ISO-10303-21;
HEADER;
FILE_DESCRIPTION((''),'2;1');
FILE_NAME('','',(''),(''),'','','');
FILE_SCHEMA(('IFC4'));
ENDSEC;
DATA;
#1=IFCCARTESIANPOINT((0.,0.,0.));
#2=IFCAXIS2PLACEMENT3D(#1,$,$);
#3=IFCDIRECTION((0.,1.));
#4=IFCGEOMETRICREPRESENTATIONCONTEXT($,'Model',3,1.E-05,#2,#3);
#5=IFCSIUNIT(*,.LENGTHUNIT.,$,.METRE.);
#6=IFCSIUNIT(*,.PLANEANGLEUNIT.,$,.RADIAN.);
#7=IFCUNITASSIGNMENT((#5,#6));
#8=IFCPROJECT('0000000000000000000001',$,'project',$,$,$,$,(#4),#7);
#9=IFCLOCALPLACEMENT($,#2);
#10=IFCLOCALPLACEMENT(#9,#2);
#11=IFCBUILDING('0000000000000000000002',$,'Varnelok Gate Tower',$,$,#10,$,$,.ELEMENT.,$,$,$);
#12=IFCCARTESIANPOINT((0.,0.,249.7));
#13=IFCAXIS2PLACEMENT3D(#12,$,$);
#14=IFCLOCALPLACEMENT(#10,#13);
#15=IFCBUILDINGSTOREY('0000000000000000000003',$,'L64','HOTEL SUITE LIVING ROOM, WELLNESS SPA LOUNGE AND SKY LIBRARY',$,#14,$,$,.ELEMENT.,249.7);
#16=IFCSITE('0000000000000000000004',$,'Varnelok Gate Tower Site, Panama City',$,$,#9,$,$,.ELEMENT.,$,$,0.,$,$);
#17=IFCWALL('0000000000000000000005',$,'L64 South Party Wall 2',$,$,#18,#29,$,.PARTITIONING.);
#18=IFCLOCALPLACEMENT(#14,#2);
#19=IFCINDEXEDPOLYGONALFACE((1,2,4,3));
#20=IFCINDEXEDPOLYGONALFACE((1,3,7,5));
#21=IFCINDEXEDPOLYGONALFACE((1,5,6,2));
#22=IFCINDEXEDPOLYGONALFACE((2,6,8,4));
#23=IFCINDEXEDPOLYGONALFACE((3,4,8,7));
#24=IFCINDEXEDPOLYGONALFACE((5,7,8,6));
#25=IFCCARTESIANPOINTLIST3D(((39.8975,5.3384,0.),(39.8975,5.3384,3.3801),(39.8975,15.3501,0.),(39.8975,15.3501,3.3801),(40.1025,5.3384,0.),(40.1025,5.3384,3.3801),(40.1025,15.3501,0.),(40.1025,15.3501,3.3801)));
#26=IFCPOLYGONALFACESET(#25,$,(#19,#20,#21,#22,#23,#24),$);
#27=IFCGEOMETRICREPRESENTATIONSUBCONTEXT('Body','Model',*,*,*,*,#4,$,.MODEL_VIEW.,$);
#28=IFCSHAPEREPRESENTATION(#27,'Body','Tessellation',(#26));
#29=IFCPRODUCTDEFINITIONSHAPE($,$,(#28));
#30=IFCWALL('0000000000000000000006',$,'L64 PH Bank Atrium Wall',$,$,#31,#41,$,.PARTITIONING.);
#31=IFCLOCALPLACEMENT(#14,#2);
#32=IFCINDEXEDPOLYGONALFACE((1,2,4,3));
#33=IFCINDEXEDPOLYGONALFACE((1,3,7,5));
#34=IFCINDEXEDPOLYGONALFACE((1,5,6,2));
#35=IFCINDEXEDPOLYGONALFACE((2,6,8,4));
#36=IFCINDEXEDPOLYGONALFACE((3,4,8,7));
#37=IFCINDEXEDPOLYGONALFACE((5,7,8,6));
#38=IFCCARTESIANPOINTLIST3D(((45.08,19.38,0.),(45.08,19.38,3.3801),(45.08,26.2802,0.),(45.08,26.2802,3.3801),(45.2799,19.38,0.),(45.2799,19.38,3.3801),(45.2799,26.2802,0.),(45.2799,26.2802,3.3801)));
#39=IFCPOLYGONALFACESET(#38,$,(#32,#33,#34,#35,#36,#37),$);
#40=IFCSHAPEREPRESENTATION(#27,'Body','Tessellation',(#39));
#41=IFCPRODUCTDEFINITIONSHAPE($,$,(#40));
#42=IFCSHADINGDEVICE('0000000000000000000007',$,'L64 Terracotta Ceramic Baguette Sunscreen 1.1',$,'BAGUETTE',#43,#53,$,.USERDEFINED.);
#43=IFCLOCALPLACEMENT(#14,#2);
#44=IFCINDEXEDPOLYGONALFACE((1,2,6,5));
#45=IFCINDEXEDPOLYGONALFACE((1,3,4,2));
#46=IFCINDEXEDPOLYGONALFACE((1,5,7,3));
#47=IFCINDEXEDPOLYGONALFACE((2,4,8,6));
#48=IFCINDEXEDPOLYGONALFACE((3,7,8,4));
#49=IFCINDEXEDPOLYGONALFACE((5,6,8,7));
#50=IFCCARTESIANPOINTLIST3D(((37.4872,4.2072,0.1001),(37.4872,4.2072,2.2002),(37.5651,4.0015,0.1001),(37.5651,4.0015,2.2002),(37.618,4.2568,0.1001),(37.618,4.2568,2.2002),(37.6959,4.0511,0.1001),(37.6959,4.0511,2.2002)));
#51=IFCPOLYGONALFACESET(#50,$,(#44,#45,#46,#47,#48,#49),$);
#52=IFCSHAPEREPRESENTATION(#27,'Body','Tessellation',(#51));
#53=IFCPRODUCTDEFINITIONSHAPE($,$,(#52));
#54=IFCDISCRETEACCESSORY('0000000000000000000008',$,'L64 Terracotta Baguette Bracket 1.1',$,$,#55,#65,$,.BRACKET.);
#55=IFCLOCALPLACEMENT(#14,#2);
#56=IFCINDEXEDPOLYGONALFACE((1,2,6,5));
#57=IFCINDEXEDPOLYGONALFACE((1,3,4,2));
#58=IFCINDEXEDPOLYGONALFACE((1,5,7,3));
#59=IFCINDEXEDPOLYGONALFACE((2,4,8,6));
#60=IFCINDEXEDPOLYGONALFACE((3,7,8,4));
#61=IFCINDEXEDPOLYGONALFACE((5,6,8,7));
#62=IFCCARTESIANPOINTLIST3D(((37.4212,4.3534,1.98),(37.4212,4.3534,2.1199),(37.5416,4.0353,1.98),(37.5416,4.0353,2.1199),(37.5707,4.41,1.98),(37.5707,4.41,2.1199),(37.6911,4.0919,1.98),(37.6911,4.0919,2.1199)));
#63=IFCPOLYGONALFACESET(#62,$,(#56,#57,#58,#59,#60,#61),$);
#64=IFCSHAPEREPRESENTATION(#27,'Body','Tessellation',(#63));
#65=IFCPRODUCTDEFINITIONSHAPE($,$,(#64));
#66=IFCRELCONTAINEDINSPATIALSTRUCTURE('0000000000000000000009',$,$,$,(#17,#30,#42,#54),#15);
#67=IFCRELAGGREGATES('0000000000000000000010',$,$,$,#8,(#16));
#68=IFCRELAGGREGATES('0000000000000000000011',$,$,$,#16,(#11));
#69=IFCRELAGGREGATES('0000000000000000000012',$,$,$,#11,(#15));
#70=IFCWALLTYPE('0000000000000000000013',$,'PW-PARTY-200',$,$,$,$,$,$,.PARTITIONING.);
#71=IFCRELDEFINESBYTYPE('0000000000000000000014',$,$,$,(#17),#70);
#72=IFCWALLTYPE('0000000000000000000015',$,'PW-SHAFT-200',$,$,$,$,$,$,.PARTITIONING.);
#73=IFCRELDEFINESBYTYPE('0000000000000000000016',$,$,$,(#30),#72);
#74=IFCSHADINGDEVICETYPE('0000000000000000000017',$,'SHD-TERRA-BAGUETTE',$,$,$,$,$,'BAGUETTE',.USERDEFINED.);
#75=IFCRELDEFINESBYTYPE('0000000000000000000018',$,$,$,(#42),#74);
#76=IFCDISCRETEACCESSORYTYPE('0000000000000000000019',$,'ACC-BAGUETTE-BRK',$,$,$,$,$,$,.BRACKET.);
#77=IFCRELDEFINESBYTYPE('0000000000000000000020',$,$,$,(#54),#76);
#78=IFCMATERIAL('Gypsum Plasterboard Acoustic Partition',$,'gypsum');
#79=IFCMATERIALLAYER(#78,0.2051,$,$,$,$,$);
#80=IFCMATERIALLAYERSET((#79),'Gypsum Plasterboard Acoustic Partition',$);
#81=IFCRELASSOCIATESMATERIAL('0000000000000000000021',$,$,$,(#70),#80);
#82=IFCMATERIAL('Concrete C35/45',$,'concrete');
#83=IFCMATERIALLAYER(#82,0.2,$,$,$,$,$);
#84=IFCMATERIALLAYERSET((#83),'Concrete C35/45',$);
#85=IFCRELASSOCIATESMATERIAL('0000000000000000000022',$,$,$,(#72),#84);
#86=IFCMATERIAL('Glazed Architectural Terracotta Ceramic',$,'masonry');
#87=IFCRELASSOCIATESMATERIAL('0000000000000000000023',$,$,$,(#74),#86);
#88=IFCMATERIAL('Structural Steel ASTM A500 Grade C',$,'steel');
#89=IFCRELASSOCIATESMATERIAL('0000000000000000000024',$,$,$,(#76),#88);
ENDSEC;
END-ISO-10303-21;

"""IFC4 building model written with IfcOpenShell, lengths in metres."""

from ifc_helpers import new_model, si_unit, direction, frame, frame_2d, origin, origin_2d, place, context, subcontext, project, spatial, rectangle, extrude, source, transform, mapped, material, layer, layer_set, type_object, element, save


model = new_model("IFC4")

# Units and contexts
model_context = context("Model", 3, precision=1e-05, world=origin(), true_north=direction((0.0, 1.0)))
body_context = subcontext(model_context, "Body", "Model", "MODEL_VIEW")
ifc_project = project(units=[si_unit("LENGTHUNIT", "METRE"), si_unit("PLANEANGLEUNIT", "RADIAN")], contexts=[model_context])

# Site, building, storey
site_placement = place(None, origin())
site = spatial("IfcSite", under=ifc_project, at=site_placement, Name="Varnelok Gate Tower Site, Panama City", CompositionType="ELEMENT", RefElevation=0.0)
building_placement = place(site_placement, origin())
building = spatial("IfcBuilding", under=site, at=building_placement, Name="Varnelok Gate Tower", CompositionType="ELEMENT")
storey_placement = place(building_placement, frame((0.0, 0.0, 249.7)))
storey = spatial("IfcBuildingStorey", under=building, at=storey_placement, Name="L64", Description="HOTEL SUITE LIVING ROOM, WELLNESS SPA LOUNGE AND SKY LIBRARY", CompositionType="ELEMENT", Elevation=249.7)

# Shared definitions
ifc_material_1 = material(Name="Gypsum Plasterboard Acoustic Partition", Category="gypsum")

# Walls
ifc_layer_1 = layer(ifc_material_1, 0.2051)
ifc_layer_set_1 = layer_set([ifc_layer_1], Name="Gypsum Plasterboard Acoustic Partition")
wall_type_1 = type_object("IfcWallType", Name="PW-PARTY-200", PredefinedType="PARTITIONING", material=ifc_layer_set_1)
wall_1_placement = place(storey_placement, frame((40.0, 5.3384, 0.0), z_axis=(0.0, 0.0, 1.0), x_axis=(0.0, 1.0, 0.0)))
element("IfcWall", 1, at=wall_1_placement, inside=storey, type_object=wall_type_1, Name="L64 South Party Wall 2", PredefinedType="PARTITIONING", context=body_context, shape_type="SweptSolid", body=[
    extrude(rectangle(XDim=10.0117, YDim=0.2051, at=frame_2d((5.0059, 0.0))), origin(), (0.0, 0.0, 1.0), 3.3801),
])
ifc_material_2 = material(Name="Concrete C35/45", Category="concrete")
ifc_layer_2 = layer(ifc_material_2, 0.2)
ifc_layer_set_2 = layer_set([ifc_layer_2], Name="Concrete C35/45")
wall_type_2 = type_object("IfcWallType", Name="PW-SHAFT-200", PredefinedType="PARTITIONING", material=ifc_layer_set_2)
wall_2_placement = place(storey_placement, frame((45.1799, 19.3799, 0.0), z_axis=(0.0, 0.0, 1.0), x_axis=(0.0, 1.0, 0.0)))
element("IfcWall", 2, at=wall_2_placement, inside=storey, type_object=wall_type_2, Name="L64 PH Bank Atrium Wall", PredefinedType="PARTITIONING", context=body_context, shape_type="SweptSolid", body=[
    extrude(rectangle(XDim=6.9001, YDim=0.2, at=frame_2d((3.4502, 0.0))), origin(), (0.0, 0.0, 1.0), 3.3801),
])

# Shading device
ifc_material_3 = material(Name="Glazed Architectural Terracotta Ceramic", Category="masonry")
shading_device_type = type_object("IfcShadingDeviceType", Name="SHD-TERRA-BAGUETTE", ElementType="BAGUETTE", PredefinedType="USERDEFINED", material=ifc_material_3)
shared_shape_1 = source(origin(), body_context, "Body", "SweptSolid", [
    extrude(rectangle(XDim=0.1399, YDim=0.22, at=origin_2d()), origin(), (0.0, 0.0, 1.0), 2.1001),
])
shading_device_placement = place(storey_placement, frame((37.5916, 4.1292, 0.1001), z_axis=(0.0, 0.0, 1.0), x_axis=(0.935222, 0.354063, 0.0)))
element("IfcShadingDevice", 3, at=shading_device_placement, inside=storey, type_object=shading_device_type, Name="L64 Terracotta Ceramic Baguette Sunscreen 1.1", ObjectType="BAGUETTE", PredefinedType="USERDEFINED", context=body_context, shape_type="MappedRepresentation", body=[
    mapped(shared_shape_1, transform((0.0, 0.0, 0.0), scale=1.0)),
])

# Discrete accessory
ifc_material_4 = material(Name="Structural Steel ASTM A500 Grade C", Category="steel")
discrete_accessory_type = type_object("IfcDiscreteAccessoryType", Name="ACC-BAGUETTE-BRK", PredefinedType="BRACKET", material=ifc_material_4)
shared_shape_2 = source(origin(), body_context, "Body", "SweptSolid", [
    extrude(rectangle(XDim=0.1599, YDim=0.3401, at=origin_2d()), origin(), (0.0, 0.0, 1.0), 0.1399),
])
discrete_accessory_placement = place(storey_placement, frame((37.5562, 4.2227, 1.98), z_axis=(0.0, 0.0, 1.0), x_axis=(0.935222, 0.354063, 0.0)))
element("IfcDiscreteAccessory", 4, at=discrete_accessory_placement, inside=storey, type_object=discrete_accessory_type, Name="L64 Terracotta Baguette Bracket 1.1", PredefinedType="BRACKET", context=body_context, shape_type="MappedRepresentation", body=[
    mapped(shared_shape_2, transform((0.0, 0.0, 0.0), scale=1.0)),
])

save(model, "model.ifc")
